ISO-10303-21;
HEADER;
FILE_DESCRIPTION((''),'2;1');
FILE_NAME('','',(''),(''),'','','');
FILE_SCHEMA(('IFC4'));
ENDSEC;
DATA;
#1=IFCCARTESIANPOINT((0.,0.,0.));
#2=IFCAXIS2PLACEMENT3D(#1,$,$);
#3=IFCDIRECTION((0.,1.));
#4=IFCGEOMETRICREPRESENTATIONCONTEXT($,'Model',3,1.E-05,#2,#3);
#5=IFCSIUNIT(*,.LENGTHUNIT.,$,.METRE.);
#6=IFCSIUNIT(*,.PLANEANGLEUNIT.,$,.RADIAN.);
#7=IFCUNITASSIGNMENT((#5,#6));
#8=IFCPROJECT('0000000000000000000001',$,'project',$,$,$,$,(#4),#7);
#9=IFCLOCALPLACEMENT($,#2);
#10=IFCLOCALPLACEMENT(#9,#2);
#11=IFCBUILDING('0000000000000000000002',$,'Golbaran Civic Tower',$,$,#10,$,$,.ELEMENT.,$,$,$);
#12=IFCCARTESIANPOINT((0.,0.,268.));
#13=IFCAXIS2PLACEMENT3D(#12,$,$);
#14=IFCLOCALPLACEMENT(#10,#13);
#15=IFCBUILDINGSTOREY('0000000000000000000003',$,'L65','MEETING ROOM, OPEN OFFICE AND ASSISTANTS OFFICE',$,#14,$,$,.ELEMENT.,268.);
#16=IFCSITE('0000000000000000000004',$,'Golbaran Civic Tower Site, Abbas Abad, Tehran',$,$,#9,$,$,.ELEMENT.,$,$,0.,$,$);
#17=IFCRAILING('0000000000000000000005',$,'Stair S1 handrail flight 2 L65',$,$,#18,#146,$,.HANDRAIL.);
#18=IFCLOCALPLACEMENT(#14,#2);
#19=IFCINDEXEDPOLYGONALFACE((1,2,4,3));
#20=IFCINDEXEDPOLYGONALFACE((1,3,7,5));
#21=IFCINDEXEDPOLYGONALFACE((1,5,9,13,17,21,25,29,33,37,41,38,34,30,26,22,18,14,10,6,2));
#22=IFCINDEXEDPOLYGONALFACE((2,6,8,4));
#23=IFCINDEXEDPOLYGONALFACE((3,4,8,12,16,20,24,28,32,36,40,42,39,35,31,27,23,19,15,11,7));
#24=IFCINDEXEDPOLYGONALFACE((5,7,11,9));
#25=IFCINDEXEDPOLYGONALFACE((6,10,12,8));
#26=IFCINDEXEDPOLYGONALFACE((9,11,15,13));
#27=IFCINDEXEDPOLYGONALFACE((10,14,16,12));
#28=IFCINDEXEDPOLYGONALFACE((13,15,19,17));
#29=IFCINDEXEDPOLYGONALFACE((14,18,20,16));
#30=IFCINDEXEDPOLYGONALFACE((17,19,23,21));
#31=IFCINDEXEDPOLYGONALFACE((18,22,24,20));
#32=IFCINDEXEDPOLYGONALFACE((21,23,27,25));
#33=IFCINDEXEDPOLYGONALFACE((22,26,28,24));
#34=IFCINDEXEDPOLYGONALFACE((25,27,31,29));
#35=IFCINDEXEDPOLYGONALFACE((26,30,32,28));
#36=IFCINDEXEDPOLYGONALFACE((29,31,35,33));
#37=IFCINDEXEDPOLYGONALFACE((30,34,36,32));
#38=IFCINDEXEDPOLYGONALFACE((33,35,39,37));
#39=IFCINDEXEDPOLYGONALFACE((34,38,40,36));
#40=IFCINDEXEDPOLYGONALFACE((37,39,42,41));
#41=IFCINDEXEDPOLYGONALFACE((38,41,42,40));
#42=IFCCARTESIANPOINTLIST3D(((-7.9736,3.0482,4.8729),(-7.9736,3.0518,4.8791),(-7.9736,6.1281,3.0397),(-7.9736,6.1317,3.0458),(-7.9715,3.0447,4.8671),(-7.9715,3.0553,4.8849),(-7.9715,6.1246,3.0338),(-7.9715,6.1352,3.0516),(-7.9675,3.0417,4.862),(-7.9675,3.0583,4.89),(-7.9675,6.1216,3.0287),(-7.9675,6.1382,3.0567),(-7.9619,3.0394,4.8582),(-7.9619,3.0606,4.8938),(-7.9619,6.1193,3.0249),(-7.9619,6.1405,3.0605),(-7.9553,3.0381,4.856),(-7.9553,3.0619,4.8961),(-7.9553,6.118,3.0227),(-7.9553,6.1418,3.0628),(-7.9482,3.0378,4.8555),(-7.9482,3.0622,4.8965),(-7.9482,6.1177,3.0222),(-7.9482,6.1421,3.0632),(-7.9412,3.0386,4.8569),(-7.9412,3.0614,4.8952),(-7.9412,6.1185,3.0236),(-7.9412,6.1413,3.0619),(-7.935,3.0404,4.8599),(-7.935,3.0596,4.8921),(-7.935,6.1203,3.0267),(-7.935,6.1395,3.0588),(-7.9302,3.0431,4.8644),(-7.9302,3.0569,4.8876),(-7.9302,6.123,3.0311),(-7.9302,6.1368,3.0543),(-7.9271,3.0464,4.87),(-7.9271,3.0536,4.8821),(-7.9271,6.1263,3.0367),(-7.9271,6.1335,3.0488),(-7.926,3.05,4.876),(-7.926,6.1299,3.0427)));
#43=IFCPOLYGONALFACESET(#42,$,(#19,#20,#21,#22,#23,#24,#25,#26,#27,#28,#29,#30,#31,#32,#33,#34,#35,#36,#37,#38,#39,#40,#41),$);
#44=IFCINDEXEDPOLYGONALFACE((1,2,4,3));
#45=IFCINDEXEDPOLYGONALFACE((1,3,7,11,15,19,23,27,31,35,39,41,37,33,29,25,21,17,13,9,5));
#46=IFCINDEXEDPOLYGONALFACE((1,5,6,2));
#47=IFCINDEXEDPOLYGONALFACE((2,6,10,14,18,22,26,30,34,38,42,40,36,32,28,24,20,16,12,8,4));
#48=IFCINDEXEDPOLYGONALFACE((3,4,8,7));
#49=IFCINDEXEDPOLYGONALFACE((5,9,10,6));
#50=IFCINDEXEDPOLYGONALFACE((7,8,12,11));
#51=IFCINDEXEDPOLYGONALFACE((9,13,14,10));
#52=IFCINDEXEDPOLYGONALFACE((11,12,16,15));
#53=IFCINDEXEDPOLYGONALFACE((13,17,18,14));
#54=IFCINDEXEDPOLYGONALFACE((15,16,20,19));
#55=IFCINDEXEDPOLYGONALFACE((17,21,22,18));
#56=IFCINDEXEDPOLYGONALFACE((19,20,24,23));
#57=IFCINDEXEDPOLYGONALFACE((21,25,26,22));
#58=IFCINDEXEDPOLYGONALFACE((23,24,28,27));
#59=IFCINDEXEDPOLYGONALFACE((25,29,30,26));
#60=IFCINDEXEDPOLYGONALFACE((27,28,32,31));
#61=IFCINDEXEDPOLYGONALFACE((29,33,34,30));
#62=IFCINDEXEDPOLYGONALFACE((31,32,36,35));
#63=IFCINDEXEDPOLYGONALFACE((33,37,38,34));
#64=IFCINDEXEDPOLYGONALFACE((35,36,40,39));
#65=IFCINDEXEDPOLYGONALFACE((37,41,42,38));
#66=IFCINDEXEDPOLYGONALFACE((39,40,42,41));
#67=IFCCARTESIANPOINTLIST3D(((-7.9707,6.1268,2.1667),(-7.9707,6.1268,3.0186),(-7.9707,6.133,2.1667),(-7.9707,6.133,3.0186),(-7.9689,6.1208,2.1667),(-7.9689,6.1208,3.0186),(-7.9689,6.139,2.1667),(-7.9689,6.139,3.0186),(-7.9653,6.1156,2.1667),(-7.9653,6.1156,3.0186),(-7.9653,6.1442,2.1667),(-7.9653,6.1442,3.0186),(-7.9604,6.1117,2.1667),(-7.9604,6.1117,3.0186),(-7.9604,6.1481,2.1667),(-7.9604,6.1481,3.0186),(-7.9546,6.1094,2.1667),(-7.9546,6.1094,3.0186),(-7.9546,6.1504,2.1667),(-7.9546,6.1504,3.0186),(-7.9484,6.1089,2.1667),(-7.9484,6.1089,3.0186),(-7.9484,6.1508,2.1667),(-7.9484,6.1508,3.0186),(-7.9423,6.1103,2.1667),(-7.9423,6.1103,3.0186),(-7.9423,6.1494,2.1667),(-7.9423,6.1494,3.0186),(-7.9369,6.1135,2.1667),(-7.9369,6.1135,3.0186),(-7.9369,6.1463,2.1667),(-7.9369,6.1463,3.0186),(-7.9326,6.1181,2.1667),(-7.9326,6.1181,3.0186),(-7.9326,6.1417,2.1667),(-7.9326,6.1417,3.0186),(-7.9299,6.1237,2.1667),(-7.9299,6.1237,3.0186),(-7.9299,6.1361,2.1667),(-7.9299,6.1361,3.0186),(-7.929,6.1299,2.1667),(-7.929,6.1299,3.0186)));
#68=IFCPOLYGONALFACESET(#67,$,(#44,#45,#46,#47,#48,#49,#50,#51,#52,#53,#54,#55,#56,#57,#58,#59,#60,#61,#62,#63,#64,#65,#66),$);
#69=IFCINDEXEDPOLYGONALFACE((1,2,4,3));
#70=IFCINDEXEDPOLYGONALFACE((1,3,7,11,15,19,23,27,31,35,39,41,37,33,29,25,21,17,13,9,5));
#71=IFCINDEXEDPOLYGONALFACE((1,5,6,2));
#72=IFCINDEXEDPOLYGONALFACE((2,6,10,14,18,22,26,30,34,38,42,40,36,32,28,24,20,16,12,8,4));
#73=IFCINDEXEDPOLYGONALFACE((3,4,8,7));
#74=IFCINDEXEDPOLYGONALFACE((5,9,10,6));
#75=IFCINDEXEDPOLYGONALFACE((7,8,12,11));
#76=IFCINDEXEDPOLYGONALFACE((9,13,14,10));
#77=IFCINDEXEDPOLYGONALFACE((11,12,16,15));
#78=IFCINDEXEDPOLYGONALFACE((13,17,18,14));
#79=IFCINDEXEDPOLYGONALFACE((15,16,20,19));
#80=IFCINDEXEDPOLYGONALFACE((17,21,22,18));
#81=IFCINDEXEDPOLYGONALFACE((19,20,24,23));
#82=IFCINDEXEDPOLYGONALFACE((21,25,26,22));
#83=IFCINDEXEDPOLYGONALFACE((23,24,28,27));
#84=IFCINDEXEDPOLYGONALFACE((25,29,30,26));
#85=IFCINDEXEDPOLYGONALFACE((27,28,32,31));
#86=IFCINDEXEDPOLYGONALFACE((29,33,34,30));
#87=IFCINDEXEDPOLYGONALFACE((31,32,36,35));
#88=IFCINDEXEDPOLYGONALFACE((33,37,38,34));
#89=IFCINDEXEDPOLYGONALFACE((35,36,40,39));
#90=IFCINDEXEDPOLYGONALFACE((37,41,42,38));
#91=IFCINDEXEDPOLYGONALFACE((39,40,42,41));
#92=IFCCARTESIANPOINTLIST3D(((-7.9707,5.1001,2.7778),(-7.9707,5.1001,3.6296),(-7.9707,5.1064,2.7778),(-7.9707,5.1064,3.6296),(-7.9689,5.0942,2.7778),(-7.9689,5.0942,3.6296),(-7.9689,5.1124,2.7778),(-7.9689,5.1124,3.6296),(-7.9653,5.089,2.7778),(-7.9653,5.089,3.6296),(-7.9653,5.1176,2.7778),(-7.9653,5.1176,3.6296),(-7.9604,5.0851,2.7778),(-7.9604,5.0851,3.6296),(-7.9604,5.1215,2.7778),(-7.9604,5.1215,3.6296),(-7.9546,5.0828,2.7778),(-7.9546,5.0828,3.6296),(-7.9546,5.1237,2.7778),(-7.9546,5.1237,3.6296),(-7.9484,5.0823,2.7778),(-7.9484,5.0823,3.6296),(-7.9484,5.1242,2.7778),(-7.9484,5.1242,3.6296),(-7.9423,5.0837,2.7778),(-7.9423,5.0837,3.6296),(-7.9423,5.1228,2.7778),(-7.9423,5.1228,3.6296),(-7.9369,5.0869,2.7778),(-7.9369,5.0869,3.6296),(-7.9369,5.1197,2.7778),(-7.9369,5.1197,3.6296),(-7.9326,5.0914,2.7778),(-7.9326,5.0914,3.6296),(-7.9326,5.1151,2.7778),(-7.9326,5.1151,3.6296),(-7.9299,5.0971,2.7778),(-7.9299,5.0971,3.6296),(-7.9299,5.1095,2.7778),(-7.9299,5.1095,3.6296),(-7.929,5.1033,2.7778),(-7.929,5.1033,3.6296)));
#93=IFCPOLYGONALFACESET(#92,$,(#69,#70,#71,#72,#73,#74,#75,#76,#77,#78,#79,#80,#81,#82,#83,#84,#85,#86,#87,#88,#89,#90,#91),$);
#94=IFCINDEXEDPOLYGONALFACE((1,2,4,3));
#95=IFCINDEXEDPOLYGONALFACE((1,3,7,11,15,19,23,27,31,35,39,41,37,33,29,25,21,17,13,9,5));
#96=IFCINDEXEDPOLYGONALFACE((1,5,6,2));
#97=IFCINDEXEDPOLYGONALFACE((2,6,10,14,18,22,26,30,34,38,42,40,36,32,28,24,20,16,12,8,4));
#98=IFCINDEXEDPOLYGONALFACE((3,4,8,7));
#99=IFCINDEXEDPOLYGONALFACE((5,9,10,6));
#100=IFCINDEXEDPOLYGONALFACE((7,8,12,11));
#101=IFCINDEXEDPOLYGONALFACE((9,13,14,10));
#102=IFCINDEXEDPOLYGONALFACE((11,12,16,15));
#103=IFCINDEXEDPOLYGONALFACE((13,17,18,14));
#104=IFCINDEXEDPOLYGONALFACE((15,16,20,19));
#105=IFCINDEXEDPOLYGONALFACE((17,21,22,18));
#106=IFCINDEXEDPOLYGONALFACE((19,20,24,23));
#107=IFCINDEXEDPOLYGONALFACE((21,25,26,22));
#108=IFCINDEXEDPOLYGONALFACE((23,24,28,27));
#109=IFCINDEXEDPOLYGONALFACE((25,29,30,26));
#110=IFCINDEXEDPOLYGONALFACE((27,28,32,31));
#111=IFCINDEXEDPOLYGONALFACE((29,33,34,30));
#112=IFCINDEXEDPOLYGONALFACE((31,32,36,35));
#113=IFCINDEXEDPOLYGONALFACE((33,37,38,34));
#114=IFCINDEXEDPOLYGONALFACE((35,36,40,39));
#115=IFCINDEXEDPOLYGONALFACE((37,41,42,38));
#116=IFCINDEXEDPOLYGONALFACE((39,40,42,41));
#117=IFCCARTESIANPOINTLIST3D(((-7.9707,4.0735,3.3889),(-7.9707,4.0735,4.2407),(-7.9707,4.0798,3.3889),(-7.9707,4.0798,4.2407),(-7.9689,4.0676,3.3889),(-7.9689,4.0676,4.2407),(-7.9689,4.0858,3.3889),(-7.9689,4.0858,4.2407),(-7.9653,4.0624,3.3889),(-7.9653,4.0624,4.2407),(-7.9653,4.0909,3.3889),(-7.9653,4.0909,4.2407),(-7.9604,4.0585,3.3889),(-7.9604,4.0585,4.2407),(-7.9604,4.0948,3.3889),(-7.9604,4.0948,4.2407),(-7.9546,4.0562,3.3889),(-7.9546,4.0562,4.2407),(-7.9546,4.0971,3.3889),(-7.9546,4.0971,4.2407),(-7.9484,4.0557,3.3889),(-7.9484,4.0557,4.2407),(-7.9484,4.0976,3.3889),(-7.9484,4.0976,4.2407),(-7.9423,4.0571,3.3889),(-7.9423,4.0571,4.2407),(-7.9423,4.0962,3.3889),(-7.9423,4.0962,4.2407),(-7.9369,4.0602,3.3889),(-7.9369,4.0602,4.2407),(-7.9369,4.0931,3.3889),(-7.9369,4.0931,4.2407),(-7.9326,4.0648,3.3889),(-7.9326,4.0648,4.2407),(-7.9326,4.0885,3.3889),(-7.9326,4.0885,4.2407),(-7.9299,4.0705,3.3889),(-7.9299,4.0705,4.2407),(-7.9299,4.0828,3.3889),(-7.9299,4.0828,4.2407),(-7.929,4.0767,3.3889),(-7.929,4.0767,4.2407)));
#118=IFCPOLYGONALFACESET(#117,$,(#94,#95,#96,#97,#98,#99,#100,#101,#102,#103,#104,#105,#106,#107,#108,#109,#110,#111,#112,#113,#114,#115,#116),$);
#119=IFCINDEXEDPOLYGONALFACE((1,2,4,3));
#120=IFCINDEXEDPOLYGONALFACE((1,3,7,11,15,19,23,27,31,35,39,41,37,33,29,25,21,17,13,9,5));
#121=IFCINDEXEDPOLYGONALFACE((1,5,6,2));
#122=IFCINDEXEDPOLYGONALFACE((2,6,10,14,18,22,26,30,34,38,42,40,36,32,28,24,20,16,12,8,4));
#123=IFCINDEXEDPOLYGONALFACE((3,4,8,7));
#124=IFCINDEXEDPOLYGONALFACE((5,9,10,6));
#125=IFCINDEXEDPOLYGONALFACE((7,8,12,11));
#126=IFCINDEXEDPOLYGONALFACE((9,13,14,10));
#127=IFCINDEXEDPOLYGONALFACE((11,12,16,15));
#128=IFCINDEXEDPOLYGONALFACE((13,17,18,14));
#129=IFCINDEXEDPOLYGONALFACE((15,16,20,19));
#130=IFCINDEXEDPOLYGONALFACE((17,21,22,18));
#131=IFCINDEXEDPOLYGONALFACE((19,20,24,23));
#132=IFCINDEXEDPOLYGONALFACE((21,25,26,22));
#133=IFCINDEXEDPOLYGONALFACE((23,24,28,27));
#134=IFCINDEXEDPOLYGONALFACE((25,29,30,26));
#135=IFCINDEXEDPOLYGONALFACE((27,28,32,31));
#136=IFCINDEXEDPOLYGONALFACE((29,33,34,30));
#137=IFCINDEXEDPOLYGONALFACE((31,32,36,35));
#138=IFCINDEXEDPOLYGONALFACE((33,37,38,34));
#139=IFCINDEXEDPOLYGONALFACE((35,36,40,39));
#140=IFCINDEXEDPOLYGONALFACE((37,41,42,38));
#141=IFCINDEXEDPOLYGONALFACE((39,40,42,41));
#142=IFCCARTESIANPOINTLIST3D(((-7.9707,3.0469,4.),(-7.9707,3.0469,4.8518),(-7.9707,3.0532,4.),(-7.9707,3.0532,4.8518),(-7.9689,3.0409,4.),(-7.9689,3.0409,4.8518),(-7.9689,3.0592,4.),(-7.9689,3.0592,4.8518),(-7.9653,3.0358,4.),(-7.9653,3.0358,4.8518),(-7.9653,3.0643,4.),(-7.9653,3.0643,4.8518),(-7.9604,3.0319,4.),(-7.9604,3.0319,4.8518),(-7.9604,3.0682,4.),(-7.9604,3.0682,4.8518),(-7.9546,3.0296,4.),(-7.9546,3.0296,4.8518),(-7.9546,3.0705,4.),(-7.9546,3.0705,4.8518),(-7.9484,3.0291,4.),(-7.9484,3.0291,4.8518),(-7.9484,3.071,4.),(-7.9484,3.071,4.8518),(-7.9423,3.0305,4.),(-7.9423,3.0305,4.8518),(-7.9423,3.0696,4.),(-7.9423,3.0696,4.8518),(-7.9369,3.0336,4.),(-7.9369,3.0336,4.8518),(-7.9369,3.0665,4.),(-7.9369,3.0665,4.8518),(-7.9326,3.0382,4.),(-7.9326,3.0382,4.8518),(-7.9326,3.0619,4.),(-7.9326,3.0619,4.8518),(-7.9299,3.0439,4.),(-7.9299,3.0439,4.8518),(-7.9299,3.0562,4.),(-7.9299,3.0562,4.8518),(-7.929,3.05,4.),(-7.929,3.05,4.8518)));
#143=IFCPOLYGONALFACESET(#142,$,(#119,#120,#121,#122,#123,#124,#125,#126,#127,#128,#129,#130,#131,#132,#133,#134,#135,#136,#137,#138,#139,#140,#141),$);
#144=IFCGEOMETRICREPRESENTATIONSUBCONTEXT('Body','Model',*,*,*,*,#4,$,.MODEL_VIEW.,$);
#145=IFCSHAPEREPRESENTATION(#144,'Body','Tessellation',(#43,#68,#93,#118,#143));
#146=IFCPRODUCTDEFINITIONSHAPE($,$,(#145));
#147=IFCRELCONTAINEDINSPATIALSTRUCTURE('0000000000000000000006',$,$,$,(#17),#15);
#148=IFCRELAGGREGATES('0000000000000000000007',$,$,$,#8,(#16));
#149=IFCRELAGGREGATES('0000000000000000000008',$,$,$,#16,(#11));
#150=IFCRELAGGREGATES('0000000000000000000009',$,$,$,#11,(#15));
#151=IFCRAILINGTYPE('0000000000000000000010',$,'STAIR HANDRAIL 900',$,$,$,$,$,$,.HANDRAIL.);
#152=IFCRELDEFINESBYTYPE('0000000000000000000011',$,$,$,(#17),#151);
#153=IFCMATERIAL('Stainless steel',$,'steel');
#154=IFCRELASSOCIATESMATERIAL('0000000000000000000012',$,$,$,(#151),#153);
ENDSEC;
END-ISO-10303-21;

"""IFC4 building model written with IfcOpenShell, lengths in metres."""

from ifc_helpers import new_model, si_unit, direction, frame, origin, origin_2d, place, context, subcontext, project, spatial, circle, extrude, material, type_object, element, save


model = new_model("IFC4")

# Units and contexts
model_context = context("Model", 3, precision=1e-05, world=origin(), true_north=direction((0.0, 1.0)))
body_context = subcontext(model_context, "Body", "Model", "MODEL_VIEW")
ifc_project = project(units=[si_unit("LENGTHUNIT", "METRE"), si_unit("PLANEANGLEUNIT", "RADIAN")], contexts=[model_context])

# Site, building, storey
site_placement = place(None, origin())
site = spatial("IfcSite", under=ifc_project, at=site_placement, Name="Golbaran Civic Tower Site, Abbas Abad, Tehran", CompositionType="ELEMENT", RefElevation=0.0)
building_placement = place(site_placement, origin())
building = spatial("IfcBuilding", under=site, at=building_placement, Name="Golbaran Civic Tower", CompositionType="ELEMENT")
storey_placement = place(building_placement, frame((0.0, 0.0, 268.0)))
storey = spatial("IfcBuildingStorey", under=building, at=storey_placement, Name="L65", Description="MEETING ROOM, OPEN OFFICE AND ASSISTANTS OFFICE", CompositionType="ELEMENT", Elevation=268.0)

# Shared definitions
ifc_material_1 = material(Name="Stainless steel", Category="steel")

# Railing
railing_type = type_object("IfcRailingType", Name="STAIR HANDRAIL 900", PredefinedType="HANDRAIL", material=ifc_material_1)
railing_1_placement = place(storey_placement, frame((-7.95, 6.1299, 2.1667)))
element("IfcRailing", 1, at=railing_1_placement, inside=storey, type_object=railing_type, Name="Stair S1 handrail flight 2 L65", PredefinedType="HANDRAIL", context=body_context, shape_type="SweptSolid", body=[
    extrude(circle(Radius=0.0239, at=origin_2d()), frame((0.0, 0.0, 0.876), z_axis=(0.0, -0.859291, 0.511487), x_axis=(1.0, 0.0, 0.0)), (0.0, 0.0, 1.0), 3.5842),
    extrude(circle(Radius=0.021, at=origin_2d()), origin(), (0.0, 0.0, 1.0), 0.8518),
    extrude(circle(Radius=0.021, at=origin_2d()), frame((0.0, -1.0266, 0.6111)), (0.0, 0.0, 1.0), 0.8518),
    extrude(circle(Radius=0.021, at=origin_2d()), frame((0.0, -2.0532, 1.2222)), (0.0, 0.0, 1.0), 0.8518),
    extrude(circle(Radius=0.021, at=origin_2d()), frame((0.0, -3.0798, 1.8333)), (0.0, 0.0, 1.0), 0.8518),
])

save(model, "model.ifc")
